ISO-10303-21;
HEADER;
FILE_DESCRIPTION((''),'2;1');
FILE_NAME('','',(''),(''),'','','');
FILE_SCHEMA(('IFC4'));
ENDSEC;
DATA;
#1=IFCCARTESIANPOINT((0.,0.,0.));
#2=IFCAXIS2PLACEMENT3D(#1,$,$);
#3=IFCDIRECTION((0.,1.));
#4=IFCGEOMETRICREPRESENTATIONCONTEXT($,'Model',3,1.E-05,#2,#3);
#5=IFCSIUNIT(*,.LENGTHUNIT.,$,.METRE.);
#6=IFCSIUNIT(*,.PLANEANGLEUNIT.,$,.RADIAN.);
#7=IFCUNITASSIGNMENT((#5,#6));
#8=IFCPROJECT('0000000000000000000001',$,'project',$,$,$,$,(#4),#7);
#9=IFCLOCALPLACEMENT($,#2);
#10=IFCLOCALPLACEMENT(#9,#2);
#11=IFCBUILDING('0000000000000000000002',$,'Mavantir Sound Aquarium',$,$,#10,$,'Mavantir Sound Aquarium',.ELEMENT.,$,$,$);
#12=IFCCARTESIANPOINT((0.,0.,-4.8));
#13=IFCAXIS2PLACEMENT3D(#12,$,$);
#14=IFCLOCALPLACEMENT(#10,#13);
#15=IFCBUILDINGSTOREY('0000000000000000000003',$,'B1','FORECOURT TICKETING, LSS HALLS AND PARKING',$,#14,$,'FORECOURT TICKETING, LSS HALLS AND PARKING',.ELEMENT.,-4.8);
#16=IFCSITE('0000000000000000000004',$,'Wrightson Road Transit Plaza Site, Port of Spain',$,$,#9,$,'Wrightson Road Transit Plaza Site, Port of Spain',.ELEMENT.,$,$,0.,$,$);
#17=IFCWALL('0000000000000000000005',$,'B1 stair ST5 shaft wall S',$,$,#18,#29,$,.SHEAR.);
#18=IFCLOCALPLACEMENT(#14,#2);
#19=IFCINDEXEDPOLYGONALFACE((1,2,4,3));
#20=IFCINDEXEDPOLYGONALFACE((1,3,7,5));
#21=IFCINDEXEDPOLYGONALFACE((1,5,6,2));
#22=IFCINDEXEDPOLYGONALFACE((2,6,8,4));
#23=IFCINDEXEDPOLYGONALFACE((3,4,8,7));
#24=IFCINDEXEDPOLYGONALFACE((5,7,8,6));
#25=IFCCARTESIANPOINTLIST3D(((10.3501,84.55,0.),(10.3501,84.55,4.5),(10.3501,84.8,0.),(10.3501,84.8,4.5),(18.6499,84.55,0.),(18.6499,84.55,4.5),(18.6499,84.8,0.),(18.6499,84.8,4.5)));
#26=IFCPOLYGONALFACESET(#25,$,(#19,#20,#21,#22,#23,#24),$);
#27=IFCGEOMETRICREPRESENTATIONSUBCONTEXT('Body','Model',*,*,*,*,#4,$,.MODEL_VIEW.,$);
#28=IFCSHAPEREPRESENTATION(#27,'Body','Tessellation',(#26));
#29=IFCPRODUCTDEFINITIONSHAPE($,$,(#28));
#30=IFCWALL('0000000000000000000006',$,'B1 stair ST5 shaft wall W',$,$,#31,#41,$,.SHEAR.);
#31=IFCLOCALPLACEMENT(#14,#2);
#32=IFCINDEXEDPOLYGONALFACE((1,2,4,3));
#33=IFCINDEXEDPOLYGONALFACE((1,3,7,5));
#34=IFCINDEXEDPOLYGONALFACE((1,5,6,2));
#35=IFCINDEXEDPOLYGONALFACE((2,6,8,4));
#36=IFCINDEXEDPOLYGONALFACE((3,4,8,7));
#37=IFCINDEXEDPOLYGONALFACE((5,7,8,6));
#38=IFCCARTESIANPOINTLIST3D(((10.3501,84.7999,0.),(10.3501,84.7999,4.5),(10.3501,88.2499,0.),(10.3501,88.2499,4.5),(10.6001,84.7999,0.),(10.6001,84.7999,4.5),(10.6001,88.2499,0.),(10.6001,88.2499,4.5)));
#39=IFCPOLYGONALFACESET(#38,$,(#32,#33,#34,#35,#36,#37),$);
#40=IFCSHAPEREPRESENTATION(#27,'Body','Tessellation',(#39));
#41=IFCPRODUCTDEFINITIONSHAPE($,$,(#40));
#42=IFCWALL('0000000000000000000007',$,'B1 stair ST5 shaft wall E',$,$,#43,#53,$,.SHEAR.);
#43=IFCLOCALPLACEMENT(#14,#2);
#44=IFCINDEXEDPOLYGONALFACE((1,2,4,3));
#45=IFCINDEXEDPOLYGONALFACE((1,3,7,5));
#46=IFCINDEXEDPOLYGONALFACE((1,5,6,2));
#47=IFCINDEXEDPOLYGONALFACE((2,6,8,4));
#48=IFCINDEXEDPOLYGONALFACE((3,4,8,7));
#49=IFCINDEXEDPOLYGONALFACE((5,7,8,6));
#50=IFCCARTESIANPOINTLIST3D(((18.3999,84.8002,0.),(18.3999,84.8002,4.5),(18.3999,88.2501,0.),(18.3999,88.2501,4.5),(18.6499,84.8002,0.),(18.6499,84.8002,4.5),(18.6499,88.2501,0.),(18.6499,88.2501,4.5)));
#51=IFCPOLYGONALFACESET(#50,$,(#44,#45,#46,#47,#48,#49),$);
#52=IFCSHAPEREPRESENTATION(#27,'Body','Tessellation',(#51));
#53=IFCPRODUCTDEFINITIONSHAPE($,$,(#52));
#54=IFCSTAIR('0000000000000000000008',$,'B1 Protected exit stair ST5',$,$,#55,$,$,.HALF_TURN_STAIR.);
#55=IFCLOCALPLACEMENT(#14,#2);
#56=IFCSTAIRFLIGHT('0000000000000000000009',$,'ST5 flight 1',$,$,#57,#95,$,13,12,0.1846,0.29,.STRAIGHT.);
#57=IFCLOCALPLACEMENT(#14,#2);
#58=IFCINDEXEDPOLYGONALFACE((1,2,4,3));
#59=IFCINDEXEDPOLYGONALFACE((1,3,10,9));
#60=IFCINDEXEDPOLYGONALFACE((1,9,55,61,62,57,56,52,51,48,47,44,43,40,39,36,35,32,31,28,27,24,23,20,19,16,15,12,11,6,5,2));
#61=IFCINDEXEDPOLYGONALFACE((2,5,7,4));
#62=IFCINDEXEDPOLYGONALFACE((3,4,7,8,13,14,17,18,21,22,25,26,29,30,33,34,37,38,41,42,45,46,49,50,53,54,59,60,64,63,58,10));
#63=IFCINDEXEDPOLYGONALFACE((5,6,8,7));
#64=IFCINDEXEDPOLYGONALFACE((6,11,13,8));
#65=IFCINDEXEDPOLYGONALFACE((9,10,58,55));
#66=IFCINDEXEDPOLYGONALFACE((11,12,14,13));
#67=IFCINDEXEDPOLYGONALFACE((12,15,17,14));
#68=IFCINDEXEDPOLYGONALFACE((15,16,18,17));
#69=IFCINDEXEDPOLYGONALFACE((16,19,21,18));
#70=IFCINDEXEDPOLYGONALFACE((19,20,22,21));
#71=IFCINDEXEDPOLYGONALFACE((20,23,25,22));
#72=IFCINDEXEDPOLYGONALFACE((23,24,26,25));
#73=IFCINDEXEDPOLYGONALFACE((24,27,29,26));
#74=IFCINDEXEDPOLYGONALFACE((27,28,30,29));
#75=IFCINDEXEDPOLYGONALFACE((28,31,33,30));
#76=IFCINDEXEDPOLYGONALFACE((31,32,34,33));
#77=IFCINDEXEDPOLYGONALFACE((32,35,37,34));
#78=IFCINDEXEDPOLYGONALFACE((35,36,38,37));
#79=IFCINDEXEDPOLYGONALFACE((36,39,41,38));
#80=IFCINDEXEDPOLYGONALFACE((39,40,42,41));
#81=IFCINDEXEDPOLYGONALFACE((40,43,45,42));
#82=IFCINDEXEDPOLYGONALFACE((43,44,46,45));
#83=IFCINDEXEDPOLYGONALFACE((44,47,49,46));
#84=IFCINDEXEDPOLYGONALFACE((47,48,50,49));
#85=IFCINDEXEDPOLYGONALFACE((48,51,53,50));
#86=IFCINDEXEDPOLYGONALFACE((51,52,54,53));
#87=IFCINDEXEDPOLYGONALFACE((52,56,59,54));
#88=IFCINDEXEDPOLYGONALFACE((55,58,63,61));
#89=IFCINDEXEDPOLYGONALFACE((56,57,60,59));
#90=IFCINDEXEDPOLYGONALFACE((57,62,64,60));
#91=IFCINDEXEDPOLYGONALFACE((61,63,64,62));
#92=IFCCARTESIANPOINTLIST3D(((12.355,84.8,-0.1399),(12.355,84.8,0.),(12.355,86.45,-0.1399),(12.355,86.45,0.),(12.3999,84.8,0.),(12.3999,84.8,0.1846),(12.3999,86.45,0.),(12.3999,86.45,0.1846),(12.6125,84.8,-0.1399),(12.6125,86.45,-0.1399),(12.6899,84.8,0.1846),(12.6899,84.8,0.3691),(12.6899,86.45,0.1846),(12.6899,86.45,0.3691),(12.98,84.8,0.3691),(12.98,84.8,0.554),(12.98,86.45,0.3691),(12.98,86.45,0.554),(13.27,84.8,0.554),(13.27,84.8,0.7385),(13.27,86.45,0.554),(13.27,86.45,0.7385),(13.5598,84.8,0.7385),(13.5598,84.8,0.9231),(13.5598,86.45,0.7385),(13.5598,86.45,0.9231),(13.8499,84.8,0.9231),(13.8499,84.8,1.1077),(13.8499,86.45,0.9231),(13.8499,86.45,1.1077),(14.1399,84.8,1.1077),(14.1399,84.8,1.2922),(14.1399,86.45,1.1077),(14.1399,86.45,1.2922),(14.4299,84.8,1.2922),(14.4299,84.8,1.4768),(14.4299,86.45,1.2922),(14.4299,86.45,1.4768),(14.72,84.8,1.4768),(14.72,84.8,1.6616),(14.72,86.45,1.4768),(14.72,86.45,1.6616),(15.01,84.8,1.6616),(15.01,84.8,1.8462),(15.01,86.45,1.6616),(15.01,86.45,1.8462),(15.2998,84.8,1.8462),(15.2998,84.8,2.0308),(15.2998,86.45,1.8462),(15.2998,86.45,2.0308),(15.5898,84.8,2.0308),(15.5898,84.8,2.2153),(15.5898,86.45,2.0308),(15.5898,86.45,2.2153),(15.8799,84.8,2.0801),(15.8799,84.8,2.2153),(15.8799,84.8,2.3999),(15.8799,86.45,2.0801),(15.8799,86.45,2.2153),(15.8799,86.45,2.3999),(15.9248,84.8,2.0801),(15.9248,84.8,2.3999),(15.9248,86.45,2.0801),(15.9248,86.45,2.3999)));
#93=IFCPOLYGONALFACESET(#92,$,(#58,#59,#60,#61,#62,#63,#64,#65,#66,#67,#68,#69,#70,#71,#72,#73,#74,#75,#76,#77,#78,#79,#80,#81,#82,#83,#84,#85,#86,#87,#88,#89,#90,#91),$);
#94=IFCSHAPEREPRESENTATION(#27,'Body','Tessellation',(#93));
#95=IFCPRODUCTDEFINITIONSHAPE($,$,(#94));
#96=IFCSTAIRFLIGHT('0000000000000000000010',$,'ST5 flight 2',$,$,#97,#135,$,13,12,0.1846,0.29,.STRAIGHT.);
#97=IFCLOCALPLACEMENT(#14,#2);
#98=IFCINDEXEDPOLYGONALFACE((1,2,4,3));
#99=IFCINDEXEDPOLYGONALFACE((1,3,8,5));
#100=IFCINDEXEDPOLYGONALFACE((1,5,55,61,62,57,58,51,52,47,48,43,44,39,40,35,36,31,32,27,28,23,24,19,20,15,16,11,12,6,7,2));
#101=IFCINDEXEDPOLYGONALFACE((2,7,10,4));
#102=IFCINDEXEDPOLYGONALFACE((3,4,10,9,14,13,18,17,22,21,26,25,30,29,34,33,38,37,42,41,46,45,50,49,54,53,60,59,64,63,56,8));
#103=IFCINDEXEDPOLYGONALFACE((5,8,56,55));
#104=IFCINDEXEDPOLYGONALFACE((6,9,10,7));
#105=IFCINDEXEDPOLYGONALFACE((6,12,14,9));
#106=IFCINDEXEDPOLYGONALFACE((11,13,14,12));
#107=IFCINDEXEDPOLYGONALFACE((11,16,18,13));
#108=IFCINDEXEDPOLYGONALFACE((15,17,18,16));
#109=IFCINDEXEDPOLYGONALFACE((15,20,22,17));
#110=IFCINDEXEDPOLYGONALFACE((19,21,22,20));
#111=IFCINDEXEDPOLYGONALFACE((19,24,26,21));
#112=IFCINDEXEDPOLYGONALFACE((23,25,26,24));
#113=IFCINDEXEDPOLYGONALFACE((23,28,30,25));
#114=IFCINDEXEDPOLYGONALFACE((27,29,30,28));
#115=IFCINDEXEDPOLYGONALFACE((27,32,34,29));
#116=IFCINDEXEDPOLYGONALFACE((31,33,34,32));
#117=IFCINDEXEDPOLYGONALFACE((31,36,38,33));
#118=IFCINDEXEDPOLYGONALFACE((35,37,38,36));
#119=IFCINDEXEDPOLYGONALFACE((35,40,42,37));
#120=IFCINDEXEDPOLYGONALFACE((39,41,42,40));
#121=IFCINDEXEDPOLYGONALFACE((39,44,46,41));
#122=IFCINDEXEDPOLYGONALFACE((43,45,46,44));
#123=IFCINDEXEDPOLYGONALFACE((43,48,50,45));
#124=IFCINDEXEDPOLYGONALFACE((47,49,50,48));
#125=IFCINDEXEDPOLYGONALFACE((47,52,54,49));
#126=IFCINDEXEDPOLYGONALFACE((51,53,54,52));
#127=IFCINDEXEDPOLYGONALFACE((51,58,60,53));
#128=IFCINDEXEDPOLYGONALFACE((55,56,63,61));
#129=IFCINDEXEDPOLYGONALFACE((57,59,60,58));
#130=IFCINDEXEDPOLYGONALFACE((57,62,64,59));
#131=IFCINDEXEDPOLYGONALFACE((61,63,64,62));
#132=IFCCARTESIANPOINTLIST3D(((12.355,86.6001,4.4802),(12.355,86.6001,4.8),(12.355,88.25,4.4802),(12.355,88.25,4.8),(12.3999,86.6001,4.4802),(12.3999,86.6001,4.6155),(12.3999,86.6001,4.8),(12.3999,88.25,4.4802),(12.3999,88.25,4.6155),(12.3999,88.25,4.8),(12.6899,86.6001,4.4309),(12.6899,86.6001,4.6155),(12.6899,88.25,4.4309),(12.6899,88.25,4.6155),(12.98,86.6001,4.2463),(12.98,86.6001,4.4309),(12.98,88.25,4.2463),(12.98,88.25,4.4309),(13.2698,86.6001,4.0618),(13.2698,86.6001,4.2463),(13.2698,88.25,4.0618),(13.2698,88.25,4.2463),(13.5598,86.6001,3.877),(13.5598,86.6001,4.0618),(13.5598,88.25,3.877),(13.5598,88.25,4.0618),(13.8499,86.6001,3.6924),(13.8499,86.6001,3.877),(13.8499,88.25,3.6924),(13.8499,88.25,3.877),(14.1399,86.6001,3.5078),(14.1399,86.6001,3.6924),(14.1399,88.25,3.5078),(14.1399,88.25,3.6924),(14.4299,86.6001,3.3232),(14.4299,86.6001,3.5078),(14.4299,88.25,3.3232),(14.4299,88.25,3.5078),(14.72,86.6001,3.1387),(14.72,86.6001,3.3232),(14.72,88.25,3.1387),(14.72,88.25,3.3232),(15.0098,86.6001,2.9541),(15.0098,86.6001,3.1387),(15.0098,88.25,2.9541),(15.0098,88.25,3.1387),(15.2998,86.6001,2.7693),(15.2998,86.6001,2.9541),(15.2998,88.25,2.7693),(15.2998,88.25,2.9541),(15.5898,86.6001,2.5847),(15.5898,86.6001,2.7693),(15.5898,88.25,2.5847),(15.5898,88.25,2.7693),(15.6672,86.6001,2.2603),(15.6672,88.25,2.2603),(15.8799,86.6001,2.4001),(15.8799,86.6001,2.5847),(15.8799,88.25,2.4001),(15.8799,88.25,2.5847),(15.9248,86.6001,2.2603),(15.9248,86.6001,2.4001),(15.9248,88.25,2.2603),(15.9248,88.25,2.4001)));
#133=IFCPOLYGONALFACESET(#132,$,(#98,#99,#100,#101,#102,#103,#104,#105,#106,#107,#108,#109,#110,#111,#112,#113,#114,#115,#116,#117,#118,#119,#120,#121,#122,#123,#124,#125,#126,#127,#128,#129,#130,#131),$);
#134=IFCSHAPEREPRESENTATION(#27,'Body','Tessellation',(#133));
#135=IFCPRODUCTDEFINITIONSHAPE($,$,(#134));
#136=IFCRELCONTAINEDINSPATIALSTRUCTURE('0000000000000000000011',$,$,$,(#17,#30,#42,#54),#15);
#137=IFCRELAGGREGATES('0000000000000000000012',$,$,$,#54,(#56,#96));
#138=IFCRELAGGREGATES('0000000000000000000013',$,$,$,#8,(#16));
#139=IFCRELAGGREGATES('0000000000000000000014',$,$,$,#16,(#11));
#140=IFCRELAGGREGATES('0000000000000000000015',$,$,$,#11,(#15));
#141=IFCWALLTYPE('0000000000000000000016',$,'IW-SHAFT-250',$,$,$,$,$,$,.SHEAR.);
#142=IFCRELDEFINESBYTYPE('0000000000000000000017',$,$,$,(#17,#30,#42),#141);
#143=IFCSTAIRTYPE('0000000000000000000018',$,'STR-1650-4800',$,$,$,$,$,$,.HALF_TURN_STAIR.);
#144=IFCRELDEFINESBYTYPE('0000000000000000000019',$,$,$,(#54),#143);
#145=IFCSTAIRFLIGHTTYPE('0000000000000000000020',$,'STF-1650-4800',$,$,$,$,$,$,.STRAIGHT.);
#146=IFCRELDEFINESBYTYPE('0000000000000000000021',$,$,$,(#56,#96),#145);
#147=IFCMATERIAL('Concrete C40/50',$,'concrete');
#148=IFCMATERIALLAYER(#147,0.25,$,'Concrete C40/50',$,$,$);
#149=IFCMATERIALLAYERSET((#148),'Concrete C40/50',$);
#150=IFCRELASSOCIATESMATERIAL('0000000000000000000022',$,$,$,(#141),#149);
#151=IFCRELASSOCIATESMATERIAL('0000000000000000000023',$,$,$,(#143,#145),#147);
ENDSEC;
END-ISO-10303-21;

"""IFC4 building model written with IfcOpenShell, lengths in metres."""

from ifc_helpers import new_model, si_unit, direction, frame, frame_2d, origin, place, context, subcontext, project, spatial, polyline, rectangle, outline, extrude, material, layer, layer_set, type_object, element, aggregate, save


model = new_model("IFC4")

# Units and contexts
model_context = context("Model", 3, precision=1e-05, world=origin(), true_north=direction((0.0, 1.0)))
body_context = subcontext(model_context, "Body", "Model", "MODEL_VIEW")
ifc_project = project(units=[si_unit("LENGTHUNIT", "METRE"), si_unit("PLANEANGLEUNIT", "RADIAN")], contexts=[model_context])

# Site, building, storey
site_placement = place(None, origin())
site = spatial("IfcSite", under=ifc_project, at=site_placement, Name="Wrightson Road Transit Plaza Site, Port of Spain", LongName="Wrightson Road Transit Plaza Site, Port of Spain", CompositionType="ELEMENT", RefElevation=0.0)
building_placement = place(site_placement, origin())
building = spatial("IfcBuilding", under=site, at=building_placement, Name="Mavantir Sound Aquarium", LongName="Mavantir Sound Aquarium", CompositionType="ELEMENT")
storey_placement = place(building_placement, frame((0.0, 0.0, -4.8)))
storey = spatial("IfcBuildingStorey", under=building, at=storey_placement, Name="B1", Description="FORECOURT TICKETING, LSS HALLS AND PARKING", LongName="FORECOURT TICKETING, LSS HALLS AND PARKING", CompositionType="ELEMENT", Elevation=-4.8)

# Shared definitions
ifc_material_1 = material(Name="Concrete C40/50", Category="concrete")

# Walls
ifc_layer = layer(ifc_material_1, 0.25, Name="Concrete C40/50")
ifc_layer_set = layer_set([ifc_layer], Name="Concrete C40/50")
wall_type = type_object("IfcWallType", Name="IW-SHAFT-250", PredefinedType="SHEAR", material=ifc_layer_set)
wall_placement = place(storey_placement, frame((10.3501, 84.675, 0.0), z_axis=(0.0, 0.0, 1.0), x_axis=(1.0, 0.0, 0.0)))
element("IfcWall", 1, at=wall_placement, inside=storey, type_object=wall_type, Name="B1 stair ST5 shaft wall S", PredefinedType="SHEAR", context=body_context, shape_type="SweptSolid", body=[
    extrude(rectangle(XDim=8.2998, YDim=0.25, at=frame_2d((4.1499, 0.0))), origin(), (0.0, 0.0, 1.0), 4.5),
])
for number, where, z_axis, x_axis, name in (
    (2, (10.4751, 88.25, 0.0), (0.0, 0.0, 1.0), (0.0, -1.0, 0.0), "B1 stair ST5 shaft wall W"),
    (3, (18.5249, 84.8, 0.0), (0.0, 0.0, 1.0), (0.0, 1.0, 0.0), "B1 stair ST5 shaft wall E"),
):
    element("IfcWall", number, at=place(storey_placement, frame(where, z_axis=z_axis, x_axis=x_axis)), inside=storey, type_object=wall_type, Name=name, PredefinedType="SHEAR", context=body_context, shape_type="SweptSolid", body=[
        extrude(rectangle(XDim=3.45, YDim=0.25, at=frame_2d((1.7251, 0.0))), origin(), (0.0, 0.0, 1.0), 4.5),
    ])

# Stair, stair flights
stair_type = type_object("IfcStairType", Name="STR-1650-4800", PredefinedType="HALF_TURN_STAIR", material=ifc_material_1)
stair_placement = place(storey_placement, origin())
stair = element("IfcStair", 4, at=stair_placement, inside=storey, type_object=stair_type, Name="B1 Protected exit stair ST5", PredefinedType="HALF_TURN_STAIR")
stair_flight_type = type_object("IfcStairFlightType", Name="STF-1650-4800", PredefinedType="STRAIGHT", material=ifc_material_1)
stair_flight_1_placement = place(storey_placement, frame((12.3999, 85.625, 0.0), z_axis=(0.0, 0.0, 1.0), x_axis=(1.0, 0.0, 0.0)))
stair_flight_1 = element("IfcStairFlight", 5, at=stair_flight_1_placement, type_object=stair_flight_type, Name="ST5 flight 1", NumberOfRisers=13, NumberOfTreads=12, PredefinedType="STRAIGHT", RiserHeight=0.1846, TreadLength=0.29, context=body_context, shape_type="SweptSolid", body=[
    extrude(outline(polyline([(-0.0449, -0.1399), (-0.0449, 0.0), (0.0, 0.0), (0.0, 0.1846), (0.29, 0.1846), (0.29, 0.3691), (0.5801, 0.3691), (0.5801, 0.554), (0.8701, 0.554), (0.8701, 0.7385), (1.1599, 0.7385), (1.1599, 0.9231), (1.45, 0.9231), (1.45, 1.1077), (1.74, 1.1077), (1.74, 1.2922), (2.03, 1.2922), (2.03, 1.4768), (2.3201, 1.4768), (2.3201, 1.6616), (2.6101, 1.6616), (2.6101, 1.8462), (2.8999, 1.8462), (2.8999, 2.0308), (3.1899, 2.0308), (3.1899, 2.2153), (3.48, 2.2153), (3.48, 2.3999), (3.5249, 2.3999), (3.5249, 2.0801), (3.48, 2.0801), (0.2126, -0.1399), (-0.0449, -0.1399)])), frame((0.0, 0.825, 0.0), z_axis=(0.0, -1.0, 0.0), x_axis=(1.0, 0.0, 0.0)), (0.0, 0.0, 1.0), 1.6499),
])
stair_flight_2_placement = place(storey_placement, frame((15.8799, 87.425, 2.4001), z_axis=(0.0, 0.0, 1.0), x_axis=(-1.0, 0.0, 0.0)))
stair_flight_2 = element("IfcStairFlight", 6, at=stair_flight_2_placement, type_object=stair_flight_type, Name="ST5 flight 2", NumberOfRisers=13, NumberOfTreads=12, PredefinedType="STRAIGHT", RiserHeight=0.1846, TreadLength=0.29, context=body_context, shape_type="SweptSolid", body=[
    extrude(outline(polyline([(-0.0449, -0.1399), (-0.0449, 0.0), (0.0, 0.0), (0.0, 0.1846), (0.29, 0.1846), (0.29, 0.3691), (0.5801, 0.3691), (0.5801, 0.554), (0.8701, 0.554), (0.8701, 0.7385), (1.1599, 0.7385), (1.1599, 0.9231), (1.45, 0.9231), (1.45, 1.1077), (1.74, 1.1077), (1.74, 1.2922), (2.03, 1.2922), (2.03, 1.4768), (2.3201, 1.4768), (2.3201, 1.6616), (2.6101, 1.6616), (2.6101, 1.8462), (2.8999, 1.8462), (2.8999, 2.0308), (3.1899, 2.0308), (3.1899, 2.2153), (3.48, 2.2153), (3.48, 2.3999), (3.5249, 2.3999), (3.5249, 2.0801), (3.48, 2.0801), (0.2126, -0.1399), (-0.0449, -0.1399)])), frame((0.0, 0.825, 0.0), z_axis=(0.0, -1.0, 0.0), x_axis=(1.0, 0.0, 0.0)), (0.0, 0.0, 1.0), 1.6499),
])
aggregate(stair, [stair_flight_1, stair_flight_2])

save(model, "model.ifc")
